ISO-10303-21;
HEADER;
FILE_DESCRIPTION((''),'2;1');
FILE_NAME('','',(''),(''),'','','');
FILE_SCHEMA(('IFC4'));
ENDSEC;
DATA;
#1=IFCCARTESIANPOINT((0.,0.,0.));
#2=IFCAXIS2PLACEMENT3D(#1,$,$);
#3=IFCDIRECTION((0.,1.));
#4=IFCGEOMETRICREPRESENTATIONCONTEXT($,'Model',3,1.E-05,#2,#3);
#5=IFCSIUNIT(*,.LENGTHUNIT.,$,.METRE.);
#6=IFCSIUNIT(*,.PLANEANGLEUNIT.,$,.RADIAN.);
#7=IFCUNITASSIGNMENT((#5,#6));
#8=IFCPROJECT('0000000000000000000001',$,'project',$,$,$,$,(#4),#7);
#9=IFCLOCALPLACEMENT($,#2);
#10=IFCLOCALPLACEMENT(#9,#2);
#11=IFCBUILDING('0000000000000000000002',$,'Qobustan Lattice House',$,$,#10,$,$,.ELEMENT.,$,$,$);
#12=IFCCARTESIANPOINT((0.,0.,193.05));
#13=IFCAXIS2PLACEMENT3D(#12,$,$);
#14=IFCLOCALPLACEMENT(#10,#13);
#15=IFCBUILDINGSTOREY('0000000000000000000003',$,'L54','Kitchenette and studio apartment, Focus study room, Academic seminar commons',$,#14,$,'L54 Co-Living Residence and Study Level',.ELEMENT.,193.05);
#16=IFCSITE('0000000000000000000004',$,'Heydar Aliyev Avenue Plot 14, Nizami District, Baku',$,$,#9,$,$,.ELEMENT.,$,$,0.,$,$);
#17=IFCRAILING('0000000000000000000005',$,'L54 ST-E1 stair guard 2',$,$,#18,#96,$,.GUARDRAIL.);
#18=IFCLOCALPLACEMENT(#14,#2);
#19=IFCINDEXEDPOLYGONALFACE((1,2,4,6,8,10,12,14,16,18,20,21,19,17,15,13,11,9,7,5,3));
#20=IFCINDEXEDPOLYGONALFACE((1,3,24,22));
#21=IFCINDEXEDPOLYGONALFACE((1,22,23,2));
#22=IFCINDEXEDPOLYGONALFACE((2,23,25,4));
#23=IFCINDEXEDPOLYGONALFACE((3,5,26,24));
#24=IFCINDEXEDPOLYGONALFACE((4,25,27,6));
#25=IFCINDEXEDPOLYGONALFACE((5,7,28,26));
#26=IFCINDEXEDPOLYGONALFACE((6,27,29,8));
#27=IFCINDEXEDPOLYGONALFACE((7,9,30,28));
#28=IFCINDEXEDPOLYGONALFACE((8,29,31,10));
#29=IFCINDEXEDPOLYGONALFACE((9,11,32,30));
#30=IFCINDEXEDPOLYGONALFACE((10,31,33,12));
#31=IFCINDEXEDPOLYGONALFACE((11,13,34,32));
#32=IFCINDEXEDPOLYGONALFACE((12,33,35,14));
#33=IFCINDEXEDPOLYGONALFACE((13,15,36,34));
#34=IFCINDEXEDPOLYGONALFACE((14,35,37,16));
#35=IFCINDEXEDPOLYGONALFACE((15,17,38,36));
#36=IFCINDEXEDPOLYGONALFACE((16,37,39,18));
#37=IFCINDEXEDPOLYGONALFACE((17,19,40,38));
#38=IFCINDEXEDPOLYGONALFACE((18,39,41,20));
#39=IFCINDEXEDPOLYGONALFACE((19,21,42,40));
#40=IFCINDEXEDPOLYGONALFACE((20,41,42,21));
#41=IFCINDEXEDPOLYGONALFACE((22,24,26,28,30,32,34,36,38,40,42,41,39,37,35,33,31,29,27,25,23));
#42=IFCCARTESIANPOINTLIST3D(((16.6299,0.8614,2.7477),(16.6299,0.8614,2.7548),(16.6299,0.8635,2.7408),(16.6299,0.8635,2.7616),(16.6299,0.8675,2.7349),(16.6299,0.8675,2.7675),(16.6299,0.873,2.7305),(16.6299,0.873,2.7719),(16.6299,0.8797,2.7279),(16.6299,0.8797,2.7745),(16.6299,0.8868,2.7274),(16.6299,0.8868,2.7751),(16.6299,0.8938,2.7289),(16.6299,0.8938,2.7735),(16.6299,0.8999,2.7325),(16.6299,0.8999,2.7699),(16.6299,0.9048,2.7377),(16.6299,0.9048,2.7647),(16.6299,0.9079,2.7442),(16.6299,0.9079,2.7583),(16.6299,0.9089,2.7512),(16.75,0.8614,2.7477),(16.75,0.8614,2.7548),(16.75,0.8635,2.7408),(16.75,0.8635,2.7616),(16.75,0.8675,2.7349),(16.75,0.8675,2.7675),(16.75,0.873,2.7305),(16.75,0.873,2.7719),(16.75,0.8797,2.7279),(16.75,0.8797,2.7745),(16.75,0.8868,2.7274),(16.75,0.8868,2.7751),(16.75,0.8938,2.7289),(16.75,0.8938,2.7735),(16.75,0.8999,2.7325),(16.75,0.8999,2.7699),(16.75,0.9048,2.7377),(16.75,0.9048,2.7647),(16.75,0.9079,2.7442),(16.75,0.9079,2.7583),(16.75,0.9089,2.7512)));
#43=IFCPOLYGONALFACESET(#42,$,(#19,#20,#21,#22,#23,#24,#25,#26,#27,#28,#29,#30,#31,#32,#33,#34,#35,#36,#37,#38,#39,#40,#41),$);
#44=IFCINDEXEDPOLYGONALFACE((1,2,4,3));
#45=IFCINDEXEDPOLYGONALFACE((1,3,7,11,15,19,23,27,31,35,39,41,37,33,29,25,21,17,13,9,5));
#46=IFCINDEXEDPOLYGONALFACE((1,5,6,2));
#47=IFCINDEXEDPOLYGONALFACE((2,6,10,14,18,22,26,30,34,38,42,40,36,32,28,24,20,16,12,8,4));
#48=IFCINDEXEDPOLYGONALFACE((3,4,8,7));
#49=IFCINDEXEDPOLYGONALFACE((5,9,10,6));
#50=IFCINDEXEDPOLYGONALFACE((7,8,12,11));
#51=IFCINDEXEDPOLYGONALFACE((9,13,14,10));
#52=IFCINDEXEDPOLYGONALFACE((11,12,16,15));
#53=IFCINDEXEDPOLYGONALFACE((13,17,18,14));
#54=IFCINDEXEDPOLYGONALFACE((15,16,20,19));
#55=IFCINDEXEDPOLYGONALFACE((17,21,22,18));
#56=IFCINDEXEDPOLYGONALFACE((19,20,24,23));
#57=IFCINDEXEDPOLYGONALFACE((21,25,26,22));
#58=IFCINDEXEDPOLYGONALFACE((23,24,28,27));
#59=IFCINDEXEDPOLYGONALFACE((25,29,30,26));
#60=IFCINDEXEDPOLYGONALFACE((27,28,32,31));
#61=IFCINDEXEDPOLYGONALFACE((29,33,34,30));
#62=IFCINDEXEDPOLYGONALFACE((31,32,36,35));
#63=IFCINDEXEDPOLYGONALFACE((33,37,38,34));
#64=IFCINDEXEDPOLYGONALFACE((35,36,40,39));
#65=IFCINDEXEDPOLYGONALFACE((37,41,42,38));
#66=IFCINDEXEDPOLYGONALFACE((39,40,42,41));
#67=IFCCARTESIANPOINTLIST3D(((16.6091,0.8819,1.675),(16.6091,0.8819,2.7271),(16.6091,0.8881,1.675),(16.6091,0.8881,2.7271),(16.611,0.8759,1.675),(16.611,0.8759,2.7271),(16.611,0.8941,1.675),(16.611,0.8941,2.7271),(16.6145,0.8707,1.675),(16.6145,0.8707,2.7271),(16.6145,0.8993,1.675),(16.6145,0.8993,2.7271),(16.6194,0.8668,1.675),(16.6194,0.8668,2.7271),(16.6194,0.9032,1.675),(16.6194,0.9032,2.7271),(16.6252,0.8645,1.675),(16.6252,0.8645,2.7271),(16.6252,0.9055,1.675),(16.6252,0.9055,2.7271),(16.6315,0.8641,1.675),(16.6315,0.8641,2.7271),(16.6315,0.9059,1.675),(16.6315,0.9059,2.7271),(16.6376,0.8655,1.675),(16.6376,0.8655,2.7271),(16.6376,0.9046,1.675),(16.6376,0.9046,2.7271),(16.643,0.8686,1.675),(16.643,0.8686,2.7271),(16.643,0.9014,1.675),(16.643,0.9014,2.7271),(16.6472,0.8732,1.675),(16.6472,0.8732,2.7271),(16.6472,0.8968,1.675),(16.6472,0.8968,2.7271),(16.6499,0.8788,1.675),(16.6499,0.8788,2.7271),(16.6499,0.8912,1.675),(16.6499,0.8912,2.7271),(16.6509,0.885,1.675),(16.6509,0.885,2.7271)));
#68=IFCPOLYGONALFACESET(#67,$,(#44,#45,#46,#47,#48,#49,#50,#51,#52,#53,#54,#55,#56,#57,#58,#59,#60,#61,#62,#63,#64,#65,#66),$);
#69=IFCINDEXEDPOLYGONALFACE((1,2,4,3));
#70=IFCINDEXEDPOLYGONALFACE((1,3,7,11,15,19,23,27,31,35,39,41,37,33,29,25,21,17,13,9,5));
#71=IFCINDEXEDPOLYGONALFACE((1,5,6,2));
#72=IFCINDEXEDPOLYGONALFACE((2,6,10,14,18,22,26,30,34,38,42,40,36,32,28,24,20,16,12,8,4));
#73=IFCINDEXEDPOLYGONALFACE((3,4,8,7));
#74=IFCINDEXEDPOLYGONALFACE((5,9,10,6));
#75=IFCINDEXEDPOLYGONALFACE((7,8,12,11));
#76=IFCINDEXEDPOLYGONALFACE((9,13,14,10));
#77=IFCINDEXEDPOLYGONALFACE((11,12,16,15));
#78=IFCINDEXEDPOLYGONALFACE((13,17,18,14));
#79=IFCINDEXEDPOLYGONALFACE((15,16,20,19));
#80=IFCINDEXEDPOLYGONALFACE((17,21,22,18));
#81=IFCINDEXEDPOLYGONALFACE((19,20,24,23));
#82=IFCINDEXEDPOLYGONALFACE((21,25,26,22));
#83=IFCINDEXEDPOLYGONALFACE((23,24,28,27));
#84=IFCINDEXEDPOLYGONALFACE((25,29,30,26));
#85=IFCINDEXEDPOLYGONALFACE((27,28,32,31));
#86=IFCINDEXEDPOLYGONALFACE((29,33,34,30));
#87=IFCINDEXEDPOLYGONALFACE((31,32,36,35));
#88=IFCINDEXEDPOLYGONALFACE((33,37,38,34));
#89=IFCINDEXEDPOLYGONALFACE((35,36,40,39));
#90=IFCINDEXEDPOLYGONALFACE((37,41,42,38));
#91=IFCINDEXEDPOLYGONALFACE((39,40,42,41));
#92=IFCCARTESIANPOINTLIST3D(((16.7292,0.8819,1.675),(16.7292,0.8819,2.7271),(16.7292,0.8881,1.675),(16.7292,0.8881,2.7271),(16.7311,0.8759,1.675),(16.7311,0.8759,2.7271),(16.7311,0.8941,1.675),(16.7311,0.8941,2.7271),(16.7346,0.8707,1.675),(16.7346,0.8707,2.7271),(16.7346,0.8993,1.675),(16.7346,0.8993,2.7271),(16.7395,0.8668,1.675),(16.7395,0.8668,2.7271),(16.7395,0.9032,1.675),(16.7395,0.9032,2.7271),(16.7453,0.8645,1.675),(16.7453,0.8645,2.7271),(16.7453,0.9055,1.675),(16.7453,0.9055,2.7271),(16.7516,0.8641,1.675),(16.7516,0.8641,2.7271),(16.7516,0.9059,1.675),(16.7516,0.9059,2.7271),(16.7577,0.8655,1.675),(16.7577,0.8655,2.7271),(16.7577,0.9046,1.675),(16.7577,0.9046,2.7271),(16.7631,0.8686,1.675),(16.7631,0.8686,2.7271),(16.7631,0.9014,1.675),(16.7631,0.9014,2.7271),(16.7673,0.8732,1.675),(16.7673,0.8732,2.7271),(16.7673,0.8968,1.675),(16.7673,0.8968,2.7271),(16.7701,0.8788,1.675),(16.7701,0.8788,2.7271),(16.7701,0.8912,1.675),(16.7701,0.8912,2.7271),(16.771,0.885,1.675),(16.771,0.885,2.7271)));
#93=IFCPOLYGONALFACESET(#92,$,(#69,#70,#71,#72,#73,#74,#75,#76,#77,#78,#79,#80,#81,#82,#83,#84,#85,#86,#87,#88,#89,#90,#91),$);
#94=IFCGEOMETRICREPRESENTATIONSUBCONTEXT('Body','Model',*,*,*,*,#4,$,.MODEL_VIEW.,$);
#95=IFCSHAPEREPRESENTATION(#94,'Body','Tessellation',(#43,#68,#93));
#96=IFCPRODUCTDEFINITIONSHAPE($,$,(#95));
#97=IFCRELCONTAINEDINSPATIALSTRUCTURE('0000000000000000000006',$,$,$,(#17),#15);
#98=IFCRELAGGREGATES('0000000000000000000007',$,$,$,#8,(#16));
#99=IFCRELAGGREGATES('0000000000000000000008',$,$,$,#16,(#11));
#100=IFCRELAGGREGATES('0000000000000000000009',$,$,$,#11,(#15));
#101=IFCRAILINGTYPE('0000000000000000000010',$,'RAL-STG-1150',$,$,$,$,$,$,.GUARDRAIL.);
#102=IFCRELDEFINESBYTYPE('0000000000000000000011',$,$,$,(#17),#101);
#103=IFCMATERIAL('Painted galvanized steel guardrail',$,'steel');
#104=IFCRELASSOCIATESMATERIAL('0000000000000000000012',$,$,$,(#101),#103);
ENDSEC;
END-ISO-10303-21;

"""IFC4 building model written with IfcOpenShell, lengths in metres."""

from ifc_helpers import new_model, si_unit, direction, frame, origin, origin_2d, place, context, subcontext, project, spatial, circle, extrude, material, type_object, element, save


model = new_model("IFC4")

# Units and contexts
model_context = context("Model", 3, precision=1e-05, world=origin(), true_north=direction((0.0, 1.0)))
body_context = subcontext(model_context, "Body", "Model", "MODEL_VIEW")
ifc_project = project(units=[si_unit("LENGTHUNIT", "METRE"), si_unit("PLANEANGLEUNIT", "RADIAN")], contexts=[model_context])

# Site, building, storey
site_placement = place(None, origin())
site = spatial("IfcSite", under=ifc_project, at=site_placement, Name="Heydar Aliyev Avenue Plot 14, Nizami District, Baku", CompositionType="ELEMENT", RefElevation=0.0)
building_placement = place(site_placement, origin())
building = spatial("IfcBuilding", under=site, at=building_placement, Name="Qobustan Lattice House", CompositionType="ELEMENT")
storey_placement = place(building_placement, frame((0.0, 0.0, 193.05)))
storey = spatial("IfcBuildingStorey", under=building, at=storey_placement, Name="L54", Description="Kitchenette and studio apartment, Focus study room, Academic seminar commons", LongName="L54 Co-Living Residence and Study Level", CompositionType="ELEMENT", Elevation=193.05)

# Railing
ifc_material_1 = material(Name="Painted galvanized steel guardrail", Category="steel")
railing_type_1 = type_object("IfcRailingType", Name="RAL-STG-1150", PredefinedType="GUARDRAIL", material=ifc_material_1)
railing_1_placement = place(storey_placement, frame((16.6299, 0.885, 1.675)))
element("IfcRailing", 1, at=railing_1_placement, inside=storey, type_object=railing_type_1, Name="L54 ST-E1 stair guard 2", PredefinedType="GUARDRAIL", context=body_context, shape_type="SweptSolid", body=[
    extrude(circle(Radius=0.0239, at=origin_2d()), frame((0.0, 0.0, 1.0762), z_axis=(1.0, 0.0, 0.0), x_axis=(0.0, 1.0, 0.0)), (0.0, 0.0, 1.0), 0.1201),
    extrude(circle(Radius=0.021, at=origin_2d()), origin(), (0.0, 0.0, 1.0), 1.052),
    extrude(circle(Radius=0.021, at=origin_2d()), frame((0.1201, 0.0, 0.0)), (0.0, 0.0, 1.0), 1.052),
])

save(model, "model.ifc")
